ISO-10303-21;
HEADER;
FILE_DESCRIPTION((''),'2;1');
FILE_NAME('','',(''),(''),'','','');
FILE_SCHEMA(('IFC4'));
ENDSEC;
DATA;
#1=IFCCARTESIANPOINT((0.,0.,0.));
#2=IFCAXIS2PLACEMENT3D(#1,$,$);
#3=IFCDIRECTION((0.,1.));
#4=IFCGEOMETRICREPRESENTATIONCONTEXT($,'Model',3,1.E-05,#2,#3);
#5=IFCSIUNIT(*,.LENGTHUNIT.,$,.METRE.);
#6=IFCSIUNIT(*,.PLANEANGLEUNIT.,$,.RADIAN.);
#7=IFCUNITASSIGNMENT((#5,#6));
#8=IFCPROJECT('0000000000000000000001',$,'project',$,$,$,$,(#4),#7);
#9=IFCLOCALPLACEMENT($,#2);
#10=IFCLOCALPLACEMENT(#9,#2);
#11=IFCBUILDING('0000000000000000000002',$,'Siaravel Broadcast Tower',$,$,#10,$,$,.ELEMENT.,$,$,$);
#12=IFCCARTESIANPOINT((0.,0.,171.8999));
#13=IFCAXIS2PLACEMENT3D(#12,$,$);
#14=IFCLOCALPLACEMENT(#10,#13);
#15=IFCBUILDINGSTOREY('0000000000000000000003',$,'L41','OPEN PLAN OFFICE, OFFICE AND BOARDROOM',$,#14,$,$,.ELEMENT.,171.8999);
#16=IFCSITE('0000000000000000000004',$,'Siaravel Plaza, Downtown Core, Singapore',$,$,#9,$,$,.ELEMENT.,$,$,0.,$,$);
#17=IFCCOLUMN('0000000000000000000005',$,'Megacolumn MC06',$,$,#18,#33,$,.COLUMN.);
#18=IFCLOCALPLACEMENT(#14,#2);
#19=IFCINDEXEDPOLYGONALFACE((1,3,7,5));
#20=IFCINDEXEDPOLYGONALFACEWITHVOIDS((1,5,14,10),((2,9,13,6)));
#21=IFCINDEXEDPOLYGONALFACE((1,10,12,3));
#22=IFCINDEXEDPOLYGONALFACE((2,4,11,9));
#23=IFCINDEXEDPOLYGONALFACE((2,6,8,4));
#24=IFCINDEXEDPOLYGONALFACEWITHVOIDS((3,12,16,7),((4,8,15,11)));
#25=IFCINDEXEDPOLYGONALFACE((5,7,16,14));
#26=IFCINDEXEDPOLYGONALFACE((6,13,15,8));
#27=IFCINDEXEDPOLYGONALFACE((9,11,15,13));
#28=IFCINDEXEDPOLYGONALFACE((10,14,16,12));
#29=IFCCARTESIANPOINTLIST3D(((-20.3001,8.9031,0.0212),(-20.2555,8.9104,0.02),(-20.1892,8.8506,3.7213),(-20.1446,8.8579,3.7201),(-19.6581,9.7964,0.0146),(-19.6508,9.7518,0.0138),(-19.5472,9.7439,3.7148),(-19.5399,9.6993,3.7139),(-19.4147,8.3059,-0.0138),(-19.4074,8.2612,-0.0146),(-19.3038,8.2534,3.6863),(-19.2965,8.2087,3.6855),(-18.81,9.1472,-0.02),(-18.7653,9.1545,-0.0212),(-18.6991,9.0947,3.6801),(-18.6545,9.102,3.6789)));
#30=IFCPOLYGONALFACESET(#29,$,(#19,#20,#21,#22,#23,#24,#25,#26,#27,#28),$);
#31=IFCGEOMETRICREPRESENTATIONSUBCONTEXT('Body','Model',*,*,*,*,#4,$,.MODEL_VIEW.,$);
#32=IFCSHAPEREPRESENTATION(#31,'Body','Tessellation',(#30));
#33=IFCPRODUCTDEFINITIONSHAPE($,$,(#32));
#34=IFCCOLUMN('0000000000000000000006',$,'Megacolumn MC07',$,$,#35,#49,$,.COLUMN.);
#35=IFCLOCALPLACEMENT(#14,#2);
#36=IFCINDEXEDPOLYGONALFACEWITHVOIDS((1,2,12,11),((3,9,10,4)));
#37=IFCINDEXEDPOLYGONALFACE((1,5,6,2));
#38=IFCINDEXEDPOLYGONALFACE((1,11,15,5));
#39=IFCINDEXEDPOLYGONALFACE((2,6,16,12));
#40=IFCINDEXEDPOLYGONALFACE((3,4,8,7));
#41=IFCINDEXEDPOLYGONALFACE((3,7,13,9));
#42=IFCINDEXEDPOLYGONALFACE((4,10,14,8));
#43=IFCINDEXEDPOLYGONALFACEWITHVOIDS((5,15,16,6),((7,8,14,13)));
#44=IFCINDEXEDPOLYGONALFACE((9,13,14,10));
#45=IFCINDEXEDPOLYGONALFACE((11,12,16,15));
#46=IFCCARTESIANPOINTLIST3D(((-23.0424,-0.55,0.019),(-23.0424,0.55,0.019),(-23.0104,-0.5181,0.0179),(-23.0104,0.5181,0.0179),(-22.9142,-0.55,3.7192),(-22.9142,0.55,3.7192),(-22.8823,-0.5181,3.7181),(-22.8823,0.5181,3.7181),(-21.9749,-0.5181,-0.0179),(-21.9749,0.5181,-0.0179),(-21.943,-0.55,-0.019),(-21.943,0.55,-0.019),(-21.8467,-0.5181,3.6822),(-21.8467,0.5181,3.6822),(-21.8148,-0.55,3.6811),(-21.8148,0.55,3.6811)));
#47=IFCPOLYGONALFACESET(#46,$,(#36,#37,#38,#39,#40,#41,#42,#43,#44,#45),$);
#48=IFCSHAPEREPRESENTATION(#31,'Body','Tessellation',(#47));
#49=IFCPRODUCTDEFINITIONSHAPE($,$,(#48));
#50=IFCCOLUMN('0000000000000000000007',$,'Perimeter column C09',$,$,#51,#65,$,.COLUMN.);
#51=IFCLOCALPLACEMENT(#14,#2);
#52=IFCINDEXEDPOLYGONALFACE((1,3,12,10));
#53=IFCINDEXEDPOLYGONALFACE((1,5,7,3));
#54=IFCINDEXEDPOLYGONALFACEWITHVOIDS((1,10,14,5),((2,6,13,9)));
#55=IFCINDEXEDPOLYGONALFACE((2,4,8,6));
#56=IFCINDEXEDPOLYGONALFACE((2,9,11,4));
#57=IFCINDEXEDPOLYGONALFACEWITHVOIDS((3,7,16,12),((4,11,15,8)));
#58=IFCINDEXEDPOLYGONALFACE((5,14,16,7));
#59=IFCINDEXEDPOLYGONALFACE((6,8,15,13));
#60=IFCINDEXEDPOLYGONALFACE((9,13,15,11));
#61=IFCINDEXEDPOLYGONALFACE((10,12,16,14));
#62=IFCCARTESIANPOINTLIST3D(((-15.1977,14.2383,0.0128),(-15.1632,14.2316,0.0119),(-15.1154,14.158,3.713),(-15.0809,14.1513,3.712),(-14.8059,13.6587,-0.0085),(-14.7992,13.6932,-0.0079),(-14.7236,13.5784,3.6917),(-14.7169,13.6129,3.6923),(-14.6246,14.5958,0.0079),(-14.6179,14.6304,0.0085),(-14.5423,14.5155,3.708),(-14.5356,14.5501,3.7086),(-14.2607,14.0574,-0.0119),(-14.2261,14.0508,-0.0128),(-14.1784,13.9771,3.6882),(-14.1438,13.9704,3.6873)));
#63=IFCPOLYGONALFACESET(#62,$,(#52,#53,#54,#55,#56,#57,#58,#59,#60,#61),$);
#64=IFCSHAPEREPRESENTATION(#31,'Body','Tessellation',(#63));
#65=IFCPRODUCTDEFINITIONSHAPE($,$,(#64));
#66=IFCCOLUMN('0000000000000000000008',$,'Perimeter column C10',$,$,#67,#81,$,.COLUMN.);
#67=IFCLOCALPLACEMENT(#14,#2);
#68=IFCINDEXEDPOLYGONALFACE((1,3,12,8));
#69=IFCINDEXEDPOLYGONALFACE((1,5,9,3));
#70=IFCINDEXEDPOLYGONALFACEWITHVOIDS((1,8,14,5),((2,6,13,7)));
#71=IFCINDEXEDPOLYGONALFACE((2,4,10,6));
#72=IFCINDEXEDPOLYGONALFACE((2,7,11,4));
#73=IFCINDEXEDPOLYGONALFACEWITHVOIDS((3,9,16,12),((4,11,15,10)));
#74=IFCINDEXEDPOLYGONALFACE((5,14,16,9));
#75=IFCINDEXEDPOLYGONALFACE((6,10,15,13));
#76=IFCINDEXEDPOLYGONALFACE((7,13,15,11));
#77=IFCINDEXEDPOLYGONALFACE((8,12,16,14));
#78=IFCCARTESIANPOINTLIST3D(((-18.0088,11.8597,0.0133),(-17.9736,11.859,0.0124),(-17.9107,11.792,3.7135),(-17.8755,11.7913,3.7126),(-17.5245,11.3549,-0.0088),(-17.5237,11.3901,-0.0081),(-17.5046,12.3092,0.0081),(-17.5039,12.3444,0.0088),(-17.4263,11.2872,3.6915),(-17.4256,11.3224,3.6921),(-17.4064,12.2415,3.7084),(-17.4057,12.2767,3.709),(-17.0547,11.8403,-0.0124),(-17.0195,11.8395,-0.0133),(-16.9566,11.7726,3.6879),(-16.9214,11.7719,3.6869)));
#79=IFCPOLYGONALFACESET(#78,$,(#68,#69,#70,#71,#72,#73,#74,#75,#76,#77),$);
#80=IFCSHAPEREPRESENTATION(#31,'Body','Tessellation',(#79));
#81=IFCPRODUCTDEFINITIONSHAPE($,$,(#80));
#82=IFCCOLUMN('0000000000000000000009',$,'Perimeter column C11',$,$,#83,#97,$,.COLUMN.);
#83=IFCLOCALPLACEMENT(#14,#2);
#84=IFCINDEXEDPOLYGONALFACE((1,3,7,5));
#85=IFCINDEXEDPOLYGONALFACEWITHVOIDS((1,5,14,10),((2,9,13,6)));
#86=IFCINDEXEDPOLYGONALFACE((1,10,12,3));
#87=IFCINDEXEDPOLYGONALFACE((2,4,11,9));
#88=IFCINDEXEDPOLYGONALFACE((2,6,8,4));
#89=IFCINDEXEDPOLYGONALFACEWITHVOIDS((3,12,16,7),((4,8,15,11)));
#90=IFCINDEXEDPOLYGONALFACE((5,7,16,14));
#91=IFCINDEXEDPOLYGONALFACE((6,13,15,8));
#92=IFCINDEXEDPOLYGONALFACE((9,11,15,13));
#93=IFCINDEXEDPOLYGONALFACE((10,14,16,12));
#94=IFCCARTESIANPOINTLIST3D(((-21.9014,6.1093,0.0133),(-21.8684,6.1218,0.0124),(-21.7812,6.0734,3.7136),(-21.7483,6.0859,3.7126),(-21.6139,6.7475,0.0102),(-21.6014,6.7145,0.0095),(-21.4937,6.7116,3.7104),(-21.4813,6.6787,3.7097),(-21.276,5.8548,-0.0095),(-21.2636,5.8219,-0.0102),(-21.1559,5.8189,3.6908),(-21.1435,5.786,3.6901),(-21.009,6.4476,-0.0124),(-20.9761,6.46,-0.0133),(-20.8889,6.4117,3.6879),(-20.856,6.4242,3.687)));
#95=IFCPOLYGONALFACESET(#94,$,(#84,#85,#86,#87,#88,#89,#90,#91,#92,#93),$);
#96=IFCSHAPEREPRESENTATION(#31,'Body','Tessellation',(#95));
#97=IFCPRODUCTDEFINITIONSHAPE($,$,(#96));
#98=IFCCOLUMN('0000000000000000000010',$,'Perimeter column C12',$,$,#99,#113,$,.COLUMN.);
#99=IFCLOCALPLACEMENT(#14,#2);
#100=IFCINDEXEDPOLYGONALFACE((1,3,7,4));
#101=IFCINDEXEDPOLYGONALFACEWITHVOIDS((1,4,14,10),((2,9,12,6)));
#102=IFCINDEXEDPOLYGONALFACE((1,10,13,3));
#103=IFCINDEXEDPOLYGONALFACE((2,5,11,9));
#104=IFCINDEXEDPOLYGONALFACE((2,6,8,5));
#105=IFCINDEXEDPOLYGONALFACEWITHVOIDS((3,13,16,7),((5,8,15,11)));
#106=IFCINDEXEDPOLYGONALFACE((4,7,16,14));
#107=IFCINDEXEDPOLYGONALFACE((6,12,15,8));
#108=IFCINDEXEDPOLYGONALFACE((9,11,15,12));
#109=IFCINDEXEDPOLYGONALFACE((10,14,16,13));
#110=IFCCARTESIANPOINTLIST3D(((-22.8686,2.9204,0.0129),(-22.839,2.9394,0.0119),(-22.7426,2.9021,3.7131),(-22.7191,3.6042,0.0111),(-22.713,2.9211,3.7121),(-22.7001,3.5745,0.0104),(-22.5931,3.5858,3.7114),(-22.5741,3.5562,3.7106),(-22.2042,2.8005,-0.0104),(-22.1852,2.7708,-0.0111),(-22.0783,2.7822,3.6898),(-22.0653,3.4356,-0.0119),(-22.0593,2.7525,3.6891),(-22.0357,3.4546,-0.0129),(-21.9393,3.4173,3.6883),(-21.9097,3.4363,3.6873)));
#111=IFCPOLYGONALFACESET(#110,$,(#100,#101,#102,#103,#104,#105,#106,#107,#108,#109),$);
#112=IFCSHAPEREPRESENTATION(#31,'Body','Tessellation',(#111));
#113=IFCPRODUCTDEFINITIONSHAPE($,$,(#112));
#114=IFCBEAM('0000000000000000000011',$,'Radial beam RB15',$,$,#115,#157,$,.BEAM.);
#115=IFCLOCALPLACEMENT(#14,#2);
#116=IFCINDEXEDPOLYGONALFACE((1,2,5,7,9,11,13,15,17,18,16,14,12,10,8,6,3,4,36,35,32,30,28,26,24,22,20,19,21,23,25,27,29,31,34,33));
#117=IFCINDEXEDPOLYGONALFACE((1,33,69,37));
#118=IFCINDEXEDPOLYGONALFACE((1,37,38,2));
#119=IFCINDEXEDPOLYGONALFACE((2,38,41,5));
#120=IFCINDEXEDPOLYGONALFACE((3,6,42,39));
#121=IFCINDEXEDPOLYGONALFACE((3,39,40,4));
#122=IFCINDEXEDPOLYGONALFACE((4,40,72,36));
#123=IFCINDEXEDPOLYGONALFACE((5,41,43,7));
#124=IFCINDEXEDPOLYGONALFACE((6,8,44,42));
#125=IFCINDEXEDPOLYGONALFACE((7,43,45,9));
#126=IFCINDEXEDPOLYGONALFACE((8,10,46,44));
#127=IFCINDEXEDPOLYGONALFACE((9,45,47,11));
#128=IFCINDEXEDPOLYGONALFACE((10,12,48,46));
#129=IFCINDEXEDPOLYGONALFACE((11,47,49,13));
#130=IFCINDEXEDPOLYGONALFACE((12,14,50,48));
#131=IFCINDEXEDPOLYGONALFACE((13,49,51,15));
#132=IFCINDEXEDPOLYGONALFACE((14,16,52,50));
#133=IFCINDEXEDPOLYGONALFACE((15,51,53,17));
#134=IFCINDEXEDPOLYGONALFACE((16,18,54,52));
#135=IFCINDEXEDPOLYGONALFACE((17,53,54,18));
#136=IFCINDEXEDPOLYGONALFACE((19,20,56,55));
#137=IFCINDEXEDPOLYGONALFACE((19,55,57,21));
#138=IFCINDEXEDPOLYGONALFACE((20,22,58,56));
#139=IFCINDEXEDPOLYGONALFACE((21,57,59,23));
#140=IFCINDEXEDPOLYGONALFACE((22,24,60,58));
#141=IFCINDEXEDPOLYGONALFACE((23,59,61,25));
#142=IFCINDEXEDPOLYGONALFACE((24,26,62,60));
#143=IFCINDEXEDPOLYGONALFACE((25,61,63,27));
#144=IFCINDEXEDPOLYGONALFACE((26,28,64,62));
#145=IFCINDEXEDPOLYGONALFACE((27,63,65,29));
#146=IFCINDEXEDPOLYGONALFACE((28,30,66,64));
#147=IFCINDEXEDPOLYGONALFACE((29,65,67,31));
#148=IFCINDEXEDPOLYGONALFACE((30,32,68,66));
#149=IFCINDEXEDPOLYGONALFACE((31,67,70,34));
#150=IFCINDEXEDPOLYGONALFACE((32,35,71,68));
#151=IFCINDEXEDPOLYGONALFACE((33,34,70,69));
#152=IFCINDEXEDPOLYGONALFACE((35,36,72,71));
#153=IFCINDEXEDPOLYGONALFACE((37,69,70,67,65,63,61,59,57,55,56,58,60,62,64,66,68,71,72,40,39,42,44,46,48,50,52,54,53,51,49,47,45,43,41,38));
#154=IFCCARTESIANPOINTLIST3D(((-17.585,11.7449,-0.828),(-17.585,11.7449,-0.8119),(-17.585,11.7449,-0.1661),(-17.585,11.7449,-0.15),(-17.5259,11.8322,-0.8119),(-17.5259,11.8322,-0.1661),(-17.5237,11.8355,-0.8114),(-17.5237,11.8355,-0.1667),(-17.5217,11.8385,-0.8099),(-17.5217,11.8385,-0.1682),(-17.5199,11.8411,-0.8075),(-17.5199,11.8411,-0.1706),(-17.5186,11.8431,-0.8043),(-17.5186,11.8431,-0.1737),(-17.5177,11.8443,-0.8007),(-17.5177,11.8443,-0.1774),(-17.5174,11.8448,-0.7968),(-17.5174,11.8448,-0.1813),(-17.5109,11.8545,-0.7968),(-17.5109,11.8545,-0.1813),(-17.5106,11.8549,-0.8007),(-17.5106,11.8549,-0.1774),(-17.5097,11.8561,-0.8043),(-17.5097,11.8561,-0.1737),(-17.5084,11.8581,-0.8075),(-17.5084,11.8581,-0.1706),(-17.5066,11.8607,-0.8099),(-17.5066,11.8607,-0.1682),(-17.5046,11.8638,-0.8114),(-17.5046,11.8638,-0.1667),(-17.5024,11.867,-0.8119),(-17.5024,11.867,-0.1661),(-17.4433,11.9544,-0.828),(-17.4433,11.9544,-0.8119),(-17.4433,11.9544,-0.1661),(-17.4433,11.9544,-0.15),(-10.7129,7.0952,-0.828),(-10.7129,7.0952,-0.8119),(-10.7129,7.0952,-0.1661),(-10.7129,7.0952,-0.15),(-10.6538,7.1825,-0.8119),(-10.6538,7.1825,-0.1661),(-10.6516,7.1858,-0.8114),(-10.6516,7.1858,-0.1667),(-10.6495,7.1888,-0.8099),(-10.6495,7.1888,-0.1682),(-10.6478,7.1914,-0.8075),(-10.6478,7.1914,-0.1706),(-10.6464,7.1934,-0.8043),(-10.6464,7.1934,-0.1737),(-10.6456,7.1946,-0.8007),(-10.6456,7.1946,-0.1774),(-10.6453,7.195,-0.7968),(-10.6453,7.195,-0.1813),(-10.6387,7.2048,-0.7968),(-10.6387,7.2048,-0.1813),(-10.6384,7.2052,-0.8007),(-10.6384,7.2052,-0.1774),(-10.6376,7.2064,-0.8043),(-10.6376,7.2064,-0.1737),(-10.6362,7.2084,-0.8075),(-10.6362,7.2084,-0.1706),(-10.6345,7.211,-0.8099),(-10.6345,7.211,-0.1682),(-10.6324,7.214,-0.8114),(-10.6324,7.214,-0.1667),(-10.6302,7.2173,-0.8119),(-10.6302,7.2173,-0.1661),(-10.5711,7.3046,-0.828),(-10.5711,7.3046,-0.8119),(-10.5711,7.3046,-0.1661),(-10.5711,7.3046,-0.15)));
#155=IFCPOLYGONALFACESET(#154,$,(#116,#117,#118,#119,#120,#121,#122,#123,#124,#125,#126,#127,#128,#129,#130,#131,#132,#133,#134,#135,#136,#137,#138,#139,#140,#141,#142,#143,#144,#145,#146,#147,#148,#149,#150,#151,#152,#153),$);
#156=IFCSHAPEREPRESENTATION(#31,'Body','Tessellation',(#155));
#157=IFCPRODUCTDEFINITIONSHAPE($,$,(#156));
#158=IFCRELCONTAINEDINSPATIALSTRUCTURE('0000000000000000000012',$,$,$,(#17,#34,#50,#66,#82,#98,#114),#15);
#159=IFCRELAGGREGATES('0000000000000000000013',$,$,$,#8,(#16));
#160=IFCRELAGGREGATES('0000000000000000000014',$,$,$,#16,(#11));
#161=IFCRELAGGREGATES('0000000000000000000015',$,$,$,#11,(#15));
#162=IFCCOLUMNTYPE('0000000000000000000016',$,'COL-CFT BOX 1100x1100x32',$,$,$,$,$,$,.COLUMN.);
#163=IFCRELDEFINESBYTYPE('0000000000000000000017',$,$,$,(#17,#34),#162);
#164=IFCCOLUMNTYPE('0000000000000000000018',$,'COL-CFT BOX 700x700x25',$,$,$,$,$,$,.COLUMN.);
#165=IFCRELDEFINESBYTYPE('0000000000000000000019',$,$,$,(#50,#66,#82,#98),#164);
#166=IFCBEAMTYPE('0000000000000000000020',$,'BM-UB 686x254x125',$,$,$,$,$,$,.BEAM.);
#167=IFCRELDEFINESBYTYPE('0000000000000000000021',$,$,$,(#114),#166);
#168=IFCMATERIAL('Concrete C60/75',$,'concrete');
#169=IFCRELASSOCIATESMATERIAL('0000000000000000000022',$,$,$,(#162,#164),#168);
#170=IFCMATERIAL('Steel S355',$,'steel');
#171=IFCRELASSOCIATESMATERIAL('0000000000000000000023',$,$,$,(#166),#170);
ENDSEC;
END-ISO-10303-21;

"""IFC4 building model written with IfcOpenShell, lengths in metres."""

from ifc_helpers import new_model, si_unit, direction, frame, origin, origin_2d, place, context, subcontext, project, spatial, hollow_rectangle, i_section, extrude, material, material_profile, profile_set, type_object, element, save


model = new_model("IFC4")

# Units and contexts
model_context = context("Model", 3, precision=1e-05, world=origin(), true_north=direction((0.0, 1.0)))
body_context = subcontext(model_context, "Body", "Model", "MODEL_VIEW")
ifc_project = project(units=[si_unit("LENGTHUNIT", "METRE"), si_unit("PLANEANGLEUNIT", "RADIAN")], contexts=[model_context])

# Site, building, storey
site_placement = place(None, origin())
site = spatial("IfcSite", under=ifc_project, at=site_placement, Name="Siaravel Plaza, Downtown Core, Singapore", CompositionType="ELEMENT", RefElevation=0.0)
building_placement = place(site_placement, origin())
building = spatial("IfcBuilding", under=site, at=building_placement, Name="Siaravel Broadcast Tower", CompositionType="ELEMENT")
storey_placement = place(building_placement, frame((0.0, 0.0, 171.8999)))
storey = spatial("IfcBuildingStorey", under=building, at=storey_placement, Name="L41", Description="OPEN PLAN OFFICE, OFFICE AND BOARDROOM", CompositionType="ELEMENT", Elevation=171.8999)

# Columns
ifc_material_1 = material(Name="Concrete C60/75", Category="concrete")
ifc_material_profile_1 = material_profile(ifc_material_1, hollow_rectangle(XDim=1.1001, YDim=1.1001, WallThickness=0.032, at=origin_2d()))
ifc_profile_set_1 = profile_set([ifc_material_profile_1], Name="Concrete C60/75")
column_type_1 = type_object("IfcColumnType", Name="COL-CFT BOX 1100x1100x32", PredefinedType="COLUMN", material=ifc_profile_set_1)
column_1_placement = place(storey_placement, frame((-19.5327, 9.0288, 0.0), z_axis=(0.029939, -0.014178, 0.999451), x_axis=(0.583604, 0.812016, -0.005963)))
element("IfcColumn", 1, at=column_1_placement, inside=storey, type_object=column_type_1, Name="Megacolumn MC06", PredefinedType="COLUMN", context=body_context, shape_type="SweptSolid", body=[
    extrude(hollow_rectangle(XDim=1.1001, YDim=1.1001, WallThickness=0.032, at=origin_2d()), origin(), (0.0, 0.0, 1.0), 3.7021),
])
column_2_placement = place(storey_placement, frame((-22.4927, 0.0, 0.0), z_axis=(0.034619, 0.0, 0.999401), x_axis=(0.0, 1.0, 0.0)))
element("IfcColumn", 2, at=column_2_placement, inside=storey, type_object=column_type_1, Name="Megacolumn MC07", PredefinedType="COLUMN", context=body_context, shape_type="SweptSolid", body=[
    extrude(hollow_rectangle(XDim=1.1001, YDim=1.1001, WallThickness=0.032, at=origin_2d()), origin(), (0.0, 0.0, 1.0), 3.7024),
])
ifc_material_profile_2 = material_profile(ifc_material_1, hollow_rectangle(XDim=0.7, YDim=0.7, WallThickness=0.0249, at=origin_2d()))
ifc_profile_set_2 = profile_set([ifc_material_profile_2], Name="Concrete C60/75")
column_type_2 = type_object("IfcColumnType", Name="COL-CFT BOX 700x700x25", PredefinedType="COLUMN", material=ifc_profile_set_2)
column_3_placement = place(storey_placement, frame((-14.7119, 14.1445, 0.0), z_axis=(0.022225, -0.021697, 0.999518), x_axis=(0.828351, 0.560175, -0.006259)))
element("IfcColumn", 3, at=column_3_placement, inside=storey, type_object=column_type_2, Name="Perimeter column C09", PredefinedType="COLUMN", context=body_context, shape_type="SweptSolid", body=[
    extrude(hollow_rectangle(XDim=0.7, YDim=0.7, WallThickness=0.0249, at=origin_2d()), origin(), (0.0, 0.0, 1.0), 3.7019),
])
column_4_placement = place(storey_placement, frame((-17.5142, 11.8496, 0.0), z_axis=(0.02651, -0.018267, 0.999482), x_axis=(0.72142, 0.692467, -0.006479)))
element("IfcColumn", 4, at=column_4_placement, inside=storey, type_object=column_type_2, Name="Perimeter column C10", PredefinedType="COLUMN", context=body_context, shape_type="SweptSolid", body=[
    extrude(hollow_rectangle(XDim=0.7, YDim=0.7, WallThickness=0.0249, at=origin_2d()), origin(), (0.0, 0.0, 1.0), 3.7021),
])
for number, where, z_axis, x_axis, name in (
    (5, (-21.4387, 6.2847, 0.0), (0.032444, -0.009694, 0.999427), (0.410727, 0.911747, -0.00449), "Perimeter column C11"),
    (6, (-22.4521, 3.1875, 0.0), (0.034026, -0.004946, 0.999409), (0.213653, 0.976907, -0.00244), "Perimeter column C12"),
):
    element("IfcColumn", number, at=place(storey_placement, frame(where, z_axis=z_axis, x_axis=x_axis)), inside=storey, type_object=column_type_2, Name=name, PredefinedType="COLUMN", context=body_context, shape_type="SweptSolid", body=[
        extrude(hollow_rectangle(XDim=0.7, YDim=0.7, WallThickness=0.0249, at=origin_2d()), origin(), (0.0, 0.0, 1.0), 3.7024),
    ])

# Beam
ifc_material_2 = material(Name="Steel S355", Category="steel")
ifc_material_profile_3 = material_profile(ifc_material_2, i_section(OverallWidth=0.2529, OverallDepth=0.678, WebThickness=0.0117, FlangeThickness=0.0161, FilletRadius=0.0151, at=origin_2d()))
ifc_profile_set_3 = profile_set([ifc_material_profile_3], Name="Steel S355")
beam_type = type_object("IfcBeamType", Name="BM-UB 686x254x125", PredefinedType="BEAM", material=ifc_profile_set_3)
beam_1_placement = place(storey_placement, frame((-17.5142, 11.8496, -0.489), z_axis=(0.828233, -0.560384, 0.0), x_axis=(0.560384, 0.828233, 0.0)))
element("IfcBeam", 7, at=beam_1_placement, inside=storey, type_object=beam_type, Name="Radial beam RB15", PredefinedType="BEAM", context=body_context, shape_type="SweptSolid", body=[
    extrude(i_section(OverallWidth=0.2529, OverallDepth=0.678, WebThickness=0.0117, FlangeThickness=0.0161, FilletRadius=0.0151, at=origin_2d()), origin(), (0.0, 0.0, 1.0), 8.2974),
])

save(model, "model.ifc")
